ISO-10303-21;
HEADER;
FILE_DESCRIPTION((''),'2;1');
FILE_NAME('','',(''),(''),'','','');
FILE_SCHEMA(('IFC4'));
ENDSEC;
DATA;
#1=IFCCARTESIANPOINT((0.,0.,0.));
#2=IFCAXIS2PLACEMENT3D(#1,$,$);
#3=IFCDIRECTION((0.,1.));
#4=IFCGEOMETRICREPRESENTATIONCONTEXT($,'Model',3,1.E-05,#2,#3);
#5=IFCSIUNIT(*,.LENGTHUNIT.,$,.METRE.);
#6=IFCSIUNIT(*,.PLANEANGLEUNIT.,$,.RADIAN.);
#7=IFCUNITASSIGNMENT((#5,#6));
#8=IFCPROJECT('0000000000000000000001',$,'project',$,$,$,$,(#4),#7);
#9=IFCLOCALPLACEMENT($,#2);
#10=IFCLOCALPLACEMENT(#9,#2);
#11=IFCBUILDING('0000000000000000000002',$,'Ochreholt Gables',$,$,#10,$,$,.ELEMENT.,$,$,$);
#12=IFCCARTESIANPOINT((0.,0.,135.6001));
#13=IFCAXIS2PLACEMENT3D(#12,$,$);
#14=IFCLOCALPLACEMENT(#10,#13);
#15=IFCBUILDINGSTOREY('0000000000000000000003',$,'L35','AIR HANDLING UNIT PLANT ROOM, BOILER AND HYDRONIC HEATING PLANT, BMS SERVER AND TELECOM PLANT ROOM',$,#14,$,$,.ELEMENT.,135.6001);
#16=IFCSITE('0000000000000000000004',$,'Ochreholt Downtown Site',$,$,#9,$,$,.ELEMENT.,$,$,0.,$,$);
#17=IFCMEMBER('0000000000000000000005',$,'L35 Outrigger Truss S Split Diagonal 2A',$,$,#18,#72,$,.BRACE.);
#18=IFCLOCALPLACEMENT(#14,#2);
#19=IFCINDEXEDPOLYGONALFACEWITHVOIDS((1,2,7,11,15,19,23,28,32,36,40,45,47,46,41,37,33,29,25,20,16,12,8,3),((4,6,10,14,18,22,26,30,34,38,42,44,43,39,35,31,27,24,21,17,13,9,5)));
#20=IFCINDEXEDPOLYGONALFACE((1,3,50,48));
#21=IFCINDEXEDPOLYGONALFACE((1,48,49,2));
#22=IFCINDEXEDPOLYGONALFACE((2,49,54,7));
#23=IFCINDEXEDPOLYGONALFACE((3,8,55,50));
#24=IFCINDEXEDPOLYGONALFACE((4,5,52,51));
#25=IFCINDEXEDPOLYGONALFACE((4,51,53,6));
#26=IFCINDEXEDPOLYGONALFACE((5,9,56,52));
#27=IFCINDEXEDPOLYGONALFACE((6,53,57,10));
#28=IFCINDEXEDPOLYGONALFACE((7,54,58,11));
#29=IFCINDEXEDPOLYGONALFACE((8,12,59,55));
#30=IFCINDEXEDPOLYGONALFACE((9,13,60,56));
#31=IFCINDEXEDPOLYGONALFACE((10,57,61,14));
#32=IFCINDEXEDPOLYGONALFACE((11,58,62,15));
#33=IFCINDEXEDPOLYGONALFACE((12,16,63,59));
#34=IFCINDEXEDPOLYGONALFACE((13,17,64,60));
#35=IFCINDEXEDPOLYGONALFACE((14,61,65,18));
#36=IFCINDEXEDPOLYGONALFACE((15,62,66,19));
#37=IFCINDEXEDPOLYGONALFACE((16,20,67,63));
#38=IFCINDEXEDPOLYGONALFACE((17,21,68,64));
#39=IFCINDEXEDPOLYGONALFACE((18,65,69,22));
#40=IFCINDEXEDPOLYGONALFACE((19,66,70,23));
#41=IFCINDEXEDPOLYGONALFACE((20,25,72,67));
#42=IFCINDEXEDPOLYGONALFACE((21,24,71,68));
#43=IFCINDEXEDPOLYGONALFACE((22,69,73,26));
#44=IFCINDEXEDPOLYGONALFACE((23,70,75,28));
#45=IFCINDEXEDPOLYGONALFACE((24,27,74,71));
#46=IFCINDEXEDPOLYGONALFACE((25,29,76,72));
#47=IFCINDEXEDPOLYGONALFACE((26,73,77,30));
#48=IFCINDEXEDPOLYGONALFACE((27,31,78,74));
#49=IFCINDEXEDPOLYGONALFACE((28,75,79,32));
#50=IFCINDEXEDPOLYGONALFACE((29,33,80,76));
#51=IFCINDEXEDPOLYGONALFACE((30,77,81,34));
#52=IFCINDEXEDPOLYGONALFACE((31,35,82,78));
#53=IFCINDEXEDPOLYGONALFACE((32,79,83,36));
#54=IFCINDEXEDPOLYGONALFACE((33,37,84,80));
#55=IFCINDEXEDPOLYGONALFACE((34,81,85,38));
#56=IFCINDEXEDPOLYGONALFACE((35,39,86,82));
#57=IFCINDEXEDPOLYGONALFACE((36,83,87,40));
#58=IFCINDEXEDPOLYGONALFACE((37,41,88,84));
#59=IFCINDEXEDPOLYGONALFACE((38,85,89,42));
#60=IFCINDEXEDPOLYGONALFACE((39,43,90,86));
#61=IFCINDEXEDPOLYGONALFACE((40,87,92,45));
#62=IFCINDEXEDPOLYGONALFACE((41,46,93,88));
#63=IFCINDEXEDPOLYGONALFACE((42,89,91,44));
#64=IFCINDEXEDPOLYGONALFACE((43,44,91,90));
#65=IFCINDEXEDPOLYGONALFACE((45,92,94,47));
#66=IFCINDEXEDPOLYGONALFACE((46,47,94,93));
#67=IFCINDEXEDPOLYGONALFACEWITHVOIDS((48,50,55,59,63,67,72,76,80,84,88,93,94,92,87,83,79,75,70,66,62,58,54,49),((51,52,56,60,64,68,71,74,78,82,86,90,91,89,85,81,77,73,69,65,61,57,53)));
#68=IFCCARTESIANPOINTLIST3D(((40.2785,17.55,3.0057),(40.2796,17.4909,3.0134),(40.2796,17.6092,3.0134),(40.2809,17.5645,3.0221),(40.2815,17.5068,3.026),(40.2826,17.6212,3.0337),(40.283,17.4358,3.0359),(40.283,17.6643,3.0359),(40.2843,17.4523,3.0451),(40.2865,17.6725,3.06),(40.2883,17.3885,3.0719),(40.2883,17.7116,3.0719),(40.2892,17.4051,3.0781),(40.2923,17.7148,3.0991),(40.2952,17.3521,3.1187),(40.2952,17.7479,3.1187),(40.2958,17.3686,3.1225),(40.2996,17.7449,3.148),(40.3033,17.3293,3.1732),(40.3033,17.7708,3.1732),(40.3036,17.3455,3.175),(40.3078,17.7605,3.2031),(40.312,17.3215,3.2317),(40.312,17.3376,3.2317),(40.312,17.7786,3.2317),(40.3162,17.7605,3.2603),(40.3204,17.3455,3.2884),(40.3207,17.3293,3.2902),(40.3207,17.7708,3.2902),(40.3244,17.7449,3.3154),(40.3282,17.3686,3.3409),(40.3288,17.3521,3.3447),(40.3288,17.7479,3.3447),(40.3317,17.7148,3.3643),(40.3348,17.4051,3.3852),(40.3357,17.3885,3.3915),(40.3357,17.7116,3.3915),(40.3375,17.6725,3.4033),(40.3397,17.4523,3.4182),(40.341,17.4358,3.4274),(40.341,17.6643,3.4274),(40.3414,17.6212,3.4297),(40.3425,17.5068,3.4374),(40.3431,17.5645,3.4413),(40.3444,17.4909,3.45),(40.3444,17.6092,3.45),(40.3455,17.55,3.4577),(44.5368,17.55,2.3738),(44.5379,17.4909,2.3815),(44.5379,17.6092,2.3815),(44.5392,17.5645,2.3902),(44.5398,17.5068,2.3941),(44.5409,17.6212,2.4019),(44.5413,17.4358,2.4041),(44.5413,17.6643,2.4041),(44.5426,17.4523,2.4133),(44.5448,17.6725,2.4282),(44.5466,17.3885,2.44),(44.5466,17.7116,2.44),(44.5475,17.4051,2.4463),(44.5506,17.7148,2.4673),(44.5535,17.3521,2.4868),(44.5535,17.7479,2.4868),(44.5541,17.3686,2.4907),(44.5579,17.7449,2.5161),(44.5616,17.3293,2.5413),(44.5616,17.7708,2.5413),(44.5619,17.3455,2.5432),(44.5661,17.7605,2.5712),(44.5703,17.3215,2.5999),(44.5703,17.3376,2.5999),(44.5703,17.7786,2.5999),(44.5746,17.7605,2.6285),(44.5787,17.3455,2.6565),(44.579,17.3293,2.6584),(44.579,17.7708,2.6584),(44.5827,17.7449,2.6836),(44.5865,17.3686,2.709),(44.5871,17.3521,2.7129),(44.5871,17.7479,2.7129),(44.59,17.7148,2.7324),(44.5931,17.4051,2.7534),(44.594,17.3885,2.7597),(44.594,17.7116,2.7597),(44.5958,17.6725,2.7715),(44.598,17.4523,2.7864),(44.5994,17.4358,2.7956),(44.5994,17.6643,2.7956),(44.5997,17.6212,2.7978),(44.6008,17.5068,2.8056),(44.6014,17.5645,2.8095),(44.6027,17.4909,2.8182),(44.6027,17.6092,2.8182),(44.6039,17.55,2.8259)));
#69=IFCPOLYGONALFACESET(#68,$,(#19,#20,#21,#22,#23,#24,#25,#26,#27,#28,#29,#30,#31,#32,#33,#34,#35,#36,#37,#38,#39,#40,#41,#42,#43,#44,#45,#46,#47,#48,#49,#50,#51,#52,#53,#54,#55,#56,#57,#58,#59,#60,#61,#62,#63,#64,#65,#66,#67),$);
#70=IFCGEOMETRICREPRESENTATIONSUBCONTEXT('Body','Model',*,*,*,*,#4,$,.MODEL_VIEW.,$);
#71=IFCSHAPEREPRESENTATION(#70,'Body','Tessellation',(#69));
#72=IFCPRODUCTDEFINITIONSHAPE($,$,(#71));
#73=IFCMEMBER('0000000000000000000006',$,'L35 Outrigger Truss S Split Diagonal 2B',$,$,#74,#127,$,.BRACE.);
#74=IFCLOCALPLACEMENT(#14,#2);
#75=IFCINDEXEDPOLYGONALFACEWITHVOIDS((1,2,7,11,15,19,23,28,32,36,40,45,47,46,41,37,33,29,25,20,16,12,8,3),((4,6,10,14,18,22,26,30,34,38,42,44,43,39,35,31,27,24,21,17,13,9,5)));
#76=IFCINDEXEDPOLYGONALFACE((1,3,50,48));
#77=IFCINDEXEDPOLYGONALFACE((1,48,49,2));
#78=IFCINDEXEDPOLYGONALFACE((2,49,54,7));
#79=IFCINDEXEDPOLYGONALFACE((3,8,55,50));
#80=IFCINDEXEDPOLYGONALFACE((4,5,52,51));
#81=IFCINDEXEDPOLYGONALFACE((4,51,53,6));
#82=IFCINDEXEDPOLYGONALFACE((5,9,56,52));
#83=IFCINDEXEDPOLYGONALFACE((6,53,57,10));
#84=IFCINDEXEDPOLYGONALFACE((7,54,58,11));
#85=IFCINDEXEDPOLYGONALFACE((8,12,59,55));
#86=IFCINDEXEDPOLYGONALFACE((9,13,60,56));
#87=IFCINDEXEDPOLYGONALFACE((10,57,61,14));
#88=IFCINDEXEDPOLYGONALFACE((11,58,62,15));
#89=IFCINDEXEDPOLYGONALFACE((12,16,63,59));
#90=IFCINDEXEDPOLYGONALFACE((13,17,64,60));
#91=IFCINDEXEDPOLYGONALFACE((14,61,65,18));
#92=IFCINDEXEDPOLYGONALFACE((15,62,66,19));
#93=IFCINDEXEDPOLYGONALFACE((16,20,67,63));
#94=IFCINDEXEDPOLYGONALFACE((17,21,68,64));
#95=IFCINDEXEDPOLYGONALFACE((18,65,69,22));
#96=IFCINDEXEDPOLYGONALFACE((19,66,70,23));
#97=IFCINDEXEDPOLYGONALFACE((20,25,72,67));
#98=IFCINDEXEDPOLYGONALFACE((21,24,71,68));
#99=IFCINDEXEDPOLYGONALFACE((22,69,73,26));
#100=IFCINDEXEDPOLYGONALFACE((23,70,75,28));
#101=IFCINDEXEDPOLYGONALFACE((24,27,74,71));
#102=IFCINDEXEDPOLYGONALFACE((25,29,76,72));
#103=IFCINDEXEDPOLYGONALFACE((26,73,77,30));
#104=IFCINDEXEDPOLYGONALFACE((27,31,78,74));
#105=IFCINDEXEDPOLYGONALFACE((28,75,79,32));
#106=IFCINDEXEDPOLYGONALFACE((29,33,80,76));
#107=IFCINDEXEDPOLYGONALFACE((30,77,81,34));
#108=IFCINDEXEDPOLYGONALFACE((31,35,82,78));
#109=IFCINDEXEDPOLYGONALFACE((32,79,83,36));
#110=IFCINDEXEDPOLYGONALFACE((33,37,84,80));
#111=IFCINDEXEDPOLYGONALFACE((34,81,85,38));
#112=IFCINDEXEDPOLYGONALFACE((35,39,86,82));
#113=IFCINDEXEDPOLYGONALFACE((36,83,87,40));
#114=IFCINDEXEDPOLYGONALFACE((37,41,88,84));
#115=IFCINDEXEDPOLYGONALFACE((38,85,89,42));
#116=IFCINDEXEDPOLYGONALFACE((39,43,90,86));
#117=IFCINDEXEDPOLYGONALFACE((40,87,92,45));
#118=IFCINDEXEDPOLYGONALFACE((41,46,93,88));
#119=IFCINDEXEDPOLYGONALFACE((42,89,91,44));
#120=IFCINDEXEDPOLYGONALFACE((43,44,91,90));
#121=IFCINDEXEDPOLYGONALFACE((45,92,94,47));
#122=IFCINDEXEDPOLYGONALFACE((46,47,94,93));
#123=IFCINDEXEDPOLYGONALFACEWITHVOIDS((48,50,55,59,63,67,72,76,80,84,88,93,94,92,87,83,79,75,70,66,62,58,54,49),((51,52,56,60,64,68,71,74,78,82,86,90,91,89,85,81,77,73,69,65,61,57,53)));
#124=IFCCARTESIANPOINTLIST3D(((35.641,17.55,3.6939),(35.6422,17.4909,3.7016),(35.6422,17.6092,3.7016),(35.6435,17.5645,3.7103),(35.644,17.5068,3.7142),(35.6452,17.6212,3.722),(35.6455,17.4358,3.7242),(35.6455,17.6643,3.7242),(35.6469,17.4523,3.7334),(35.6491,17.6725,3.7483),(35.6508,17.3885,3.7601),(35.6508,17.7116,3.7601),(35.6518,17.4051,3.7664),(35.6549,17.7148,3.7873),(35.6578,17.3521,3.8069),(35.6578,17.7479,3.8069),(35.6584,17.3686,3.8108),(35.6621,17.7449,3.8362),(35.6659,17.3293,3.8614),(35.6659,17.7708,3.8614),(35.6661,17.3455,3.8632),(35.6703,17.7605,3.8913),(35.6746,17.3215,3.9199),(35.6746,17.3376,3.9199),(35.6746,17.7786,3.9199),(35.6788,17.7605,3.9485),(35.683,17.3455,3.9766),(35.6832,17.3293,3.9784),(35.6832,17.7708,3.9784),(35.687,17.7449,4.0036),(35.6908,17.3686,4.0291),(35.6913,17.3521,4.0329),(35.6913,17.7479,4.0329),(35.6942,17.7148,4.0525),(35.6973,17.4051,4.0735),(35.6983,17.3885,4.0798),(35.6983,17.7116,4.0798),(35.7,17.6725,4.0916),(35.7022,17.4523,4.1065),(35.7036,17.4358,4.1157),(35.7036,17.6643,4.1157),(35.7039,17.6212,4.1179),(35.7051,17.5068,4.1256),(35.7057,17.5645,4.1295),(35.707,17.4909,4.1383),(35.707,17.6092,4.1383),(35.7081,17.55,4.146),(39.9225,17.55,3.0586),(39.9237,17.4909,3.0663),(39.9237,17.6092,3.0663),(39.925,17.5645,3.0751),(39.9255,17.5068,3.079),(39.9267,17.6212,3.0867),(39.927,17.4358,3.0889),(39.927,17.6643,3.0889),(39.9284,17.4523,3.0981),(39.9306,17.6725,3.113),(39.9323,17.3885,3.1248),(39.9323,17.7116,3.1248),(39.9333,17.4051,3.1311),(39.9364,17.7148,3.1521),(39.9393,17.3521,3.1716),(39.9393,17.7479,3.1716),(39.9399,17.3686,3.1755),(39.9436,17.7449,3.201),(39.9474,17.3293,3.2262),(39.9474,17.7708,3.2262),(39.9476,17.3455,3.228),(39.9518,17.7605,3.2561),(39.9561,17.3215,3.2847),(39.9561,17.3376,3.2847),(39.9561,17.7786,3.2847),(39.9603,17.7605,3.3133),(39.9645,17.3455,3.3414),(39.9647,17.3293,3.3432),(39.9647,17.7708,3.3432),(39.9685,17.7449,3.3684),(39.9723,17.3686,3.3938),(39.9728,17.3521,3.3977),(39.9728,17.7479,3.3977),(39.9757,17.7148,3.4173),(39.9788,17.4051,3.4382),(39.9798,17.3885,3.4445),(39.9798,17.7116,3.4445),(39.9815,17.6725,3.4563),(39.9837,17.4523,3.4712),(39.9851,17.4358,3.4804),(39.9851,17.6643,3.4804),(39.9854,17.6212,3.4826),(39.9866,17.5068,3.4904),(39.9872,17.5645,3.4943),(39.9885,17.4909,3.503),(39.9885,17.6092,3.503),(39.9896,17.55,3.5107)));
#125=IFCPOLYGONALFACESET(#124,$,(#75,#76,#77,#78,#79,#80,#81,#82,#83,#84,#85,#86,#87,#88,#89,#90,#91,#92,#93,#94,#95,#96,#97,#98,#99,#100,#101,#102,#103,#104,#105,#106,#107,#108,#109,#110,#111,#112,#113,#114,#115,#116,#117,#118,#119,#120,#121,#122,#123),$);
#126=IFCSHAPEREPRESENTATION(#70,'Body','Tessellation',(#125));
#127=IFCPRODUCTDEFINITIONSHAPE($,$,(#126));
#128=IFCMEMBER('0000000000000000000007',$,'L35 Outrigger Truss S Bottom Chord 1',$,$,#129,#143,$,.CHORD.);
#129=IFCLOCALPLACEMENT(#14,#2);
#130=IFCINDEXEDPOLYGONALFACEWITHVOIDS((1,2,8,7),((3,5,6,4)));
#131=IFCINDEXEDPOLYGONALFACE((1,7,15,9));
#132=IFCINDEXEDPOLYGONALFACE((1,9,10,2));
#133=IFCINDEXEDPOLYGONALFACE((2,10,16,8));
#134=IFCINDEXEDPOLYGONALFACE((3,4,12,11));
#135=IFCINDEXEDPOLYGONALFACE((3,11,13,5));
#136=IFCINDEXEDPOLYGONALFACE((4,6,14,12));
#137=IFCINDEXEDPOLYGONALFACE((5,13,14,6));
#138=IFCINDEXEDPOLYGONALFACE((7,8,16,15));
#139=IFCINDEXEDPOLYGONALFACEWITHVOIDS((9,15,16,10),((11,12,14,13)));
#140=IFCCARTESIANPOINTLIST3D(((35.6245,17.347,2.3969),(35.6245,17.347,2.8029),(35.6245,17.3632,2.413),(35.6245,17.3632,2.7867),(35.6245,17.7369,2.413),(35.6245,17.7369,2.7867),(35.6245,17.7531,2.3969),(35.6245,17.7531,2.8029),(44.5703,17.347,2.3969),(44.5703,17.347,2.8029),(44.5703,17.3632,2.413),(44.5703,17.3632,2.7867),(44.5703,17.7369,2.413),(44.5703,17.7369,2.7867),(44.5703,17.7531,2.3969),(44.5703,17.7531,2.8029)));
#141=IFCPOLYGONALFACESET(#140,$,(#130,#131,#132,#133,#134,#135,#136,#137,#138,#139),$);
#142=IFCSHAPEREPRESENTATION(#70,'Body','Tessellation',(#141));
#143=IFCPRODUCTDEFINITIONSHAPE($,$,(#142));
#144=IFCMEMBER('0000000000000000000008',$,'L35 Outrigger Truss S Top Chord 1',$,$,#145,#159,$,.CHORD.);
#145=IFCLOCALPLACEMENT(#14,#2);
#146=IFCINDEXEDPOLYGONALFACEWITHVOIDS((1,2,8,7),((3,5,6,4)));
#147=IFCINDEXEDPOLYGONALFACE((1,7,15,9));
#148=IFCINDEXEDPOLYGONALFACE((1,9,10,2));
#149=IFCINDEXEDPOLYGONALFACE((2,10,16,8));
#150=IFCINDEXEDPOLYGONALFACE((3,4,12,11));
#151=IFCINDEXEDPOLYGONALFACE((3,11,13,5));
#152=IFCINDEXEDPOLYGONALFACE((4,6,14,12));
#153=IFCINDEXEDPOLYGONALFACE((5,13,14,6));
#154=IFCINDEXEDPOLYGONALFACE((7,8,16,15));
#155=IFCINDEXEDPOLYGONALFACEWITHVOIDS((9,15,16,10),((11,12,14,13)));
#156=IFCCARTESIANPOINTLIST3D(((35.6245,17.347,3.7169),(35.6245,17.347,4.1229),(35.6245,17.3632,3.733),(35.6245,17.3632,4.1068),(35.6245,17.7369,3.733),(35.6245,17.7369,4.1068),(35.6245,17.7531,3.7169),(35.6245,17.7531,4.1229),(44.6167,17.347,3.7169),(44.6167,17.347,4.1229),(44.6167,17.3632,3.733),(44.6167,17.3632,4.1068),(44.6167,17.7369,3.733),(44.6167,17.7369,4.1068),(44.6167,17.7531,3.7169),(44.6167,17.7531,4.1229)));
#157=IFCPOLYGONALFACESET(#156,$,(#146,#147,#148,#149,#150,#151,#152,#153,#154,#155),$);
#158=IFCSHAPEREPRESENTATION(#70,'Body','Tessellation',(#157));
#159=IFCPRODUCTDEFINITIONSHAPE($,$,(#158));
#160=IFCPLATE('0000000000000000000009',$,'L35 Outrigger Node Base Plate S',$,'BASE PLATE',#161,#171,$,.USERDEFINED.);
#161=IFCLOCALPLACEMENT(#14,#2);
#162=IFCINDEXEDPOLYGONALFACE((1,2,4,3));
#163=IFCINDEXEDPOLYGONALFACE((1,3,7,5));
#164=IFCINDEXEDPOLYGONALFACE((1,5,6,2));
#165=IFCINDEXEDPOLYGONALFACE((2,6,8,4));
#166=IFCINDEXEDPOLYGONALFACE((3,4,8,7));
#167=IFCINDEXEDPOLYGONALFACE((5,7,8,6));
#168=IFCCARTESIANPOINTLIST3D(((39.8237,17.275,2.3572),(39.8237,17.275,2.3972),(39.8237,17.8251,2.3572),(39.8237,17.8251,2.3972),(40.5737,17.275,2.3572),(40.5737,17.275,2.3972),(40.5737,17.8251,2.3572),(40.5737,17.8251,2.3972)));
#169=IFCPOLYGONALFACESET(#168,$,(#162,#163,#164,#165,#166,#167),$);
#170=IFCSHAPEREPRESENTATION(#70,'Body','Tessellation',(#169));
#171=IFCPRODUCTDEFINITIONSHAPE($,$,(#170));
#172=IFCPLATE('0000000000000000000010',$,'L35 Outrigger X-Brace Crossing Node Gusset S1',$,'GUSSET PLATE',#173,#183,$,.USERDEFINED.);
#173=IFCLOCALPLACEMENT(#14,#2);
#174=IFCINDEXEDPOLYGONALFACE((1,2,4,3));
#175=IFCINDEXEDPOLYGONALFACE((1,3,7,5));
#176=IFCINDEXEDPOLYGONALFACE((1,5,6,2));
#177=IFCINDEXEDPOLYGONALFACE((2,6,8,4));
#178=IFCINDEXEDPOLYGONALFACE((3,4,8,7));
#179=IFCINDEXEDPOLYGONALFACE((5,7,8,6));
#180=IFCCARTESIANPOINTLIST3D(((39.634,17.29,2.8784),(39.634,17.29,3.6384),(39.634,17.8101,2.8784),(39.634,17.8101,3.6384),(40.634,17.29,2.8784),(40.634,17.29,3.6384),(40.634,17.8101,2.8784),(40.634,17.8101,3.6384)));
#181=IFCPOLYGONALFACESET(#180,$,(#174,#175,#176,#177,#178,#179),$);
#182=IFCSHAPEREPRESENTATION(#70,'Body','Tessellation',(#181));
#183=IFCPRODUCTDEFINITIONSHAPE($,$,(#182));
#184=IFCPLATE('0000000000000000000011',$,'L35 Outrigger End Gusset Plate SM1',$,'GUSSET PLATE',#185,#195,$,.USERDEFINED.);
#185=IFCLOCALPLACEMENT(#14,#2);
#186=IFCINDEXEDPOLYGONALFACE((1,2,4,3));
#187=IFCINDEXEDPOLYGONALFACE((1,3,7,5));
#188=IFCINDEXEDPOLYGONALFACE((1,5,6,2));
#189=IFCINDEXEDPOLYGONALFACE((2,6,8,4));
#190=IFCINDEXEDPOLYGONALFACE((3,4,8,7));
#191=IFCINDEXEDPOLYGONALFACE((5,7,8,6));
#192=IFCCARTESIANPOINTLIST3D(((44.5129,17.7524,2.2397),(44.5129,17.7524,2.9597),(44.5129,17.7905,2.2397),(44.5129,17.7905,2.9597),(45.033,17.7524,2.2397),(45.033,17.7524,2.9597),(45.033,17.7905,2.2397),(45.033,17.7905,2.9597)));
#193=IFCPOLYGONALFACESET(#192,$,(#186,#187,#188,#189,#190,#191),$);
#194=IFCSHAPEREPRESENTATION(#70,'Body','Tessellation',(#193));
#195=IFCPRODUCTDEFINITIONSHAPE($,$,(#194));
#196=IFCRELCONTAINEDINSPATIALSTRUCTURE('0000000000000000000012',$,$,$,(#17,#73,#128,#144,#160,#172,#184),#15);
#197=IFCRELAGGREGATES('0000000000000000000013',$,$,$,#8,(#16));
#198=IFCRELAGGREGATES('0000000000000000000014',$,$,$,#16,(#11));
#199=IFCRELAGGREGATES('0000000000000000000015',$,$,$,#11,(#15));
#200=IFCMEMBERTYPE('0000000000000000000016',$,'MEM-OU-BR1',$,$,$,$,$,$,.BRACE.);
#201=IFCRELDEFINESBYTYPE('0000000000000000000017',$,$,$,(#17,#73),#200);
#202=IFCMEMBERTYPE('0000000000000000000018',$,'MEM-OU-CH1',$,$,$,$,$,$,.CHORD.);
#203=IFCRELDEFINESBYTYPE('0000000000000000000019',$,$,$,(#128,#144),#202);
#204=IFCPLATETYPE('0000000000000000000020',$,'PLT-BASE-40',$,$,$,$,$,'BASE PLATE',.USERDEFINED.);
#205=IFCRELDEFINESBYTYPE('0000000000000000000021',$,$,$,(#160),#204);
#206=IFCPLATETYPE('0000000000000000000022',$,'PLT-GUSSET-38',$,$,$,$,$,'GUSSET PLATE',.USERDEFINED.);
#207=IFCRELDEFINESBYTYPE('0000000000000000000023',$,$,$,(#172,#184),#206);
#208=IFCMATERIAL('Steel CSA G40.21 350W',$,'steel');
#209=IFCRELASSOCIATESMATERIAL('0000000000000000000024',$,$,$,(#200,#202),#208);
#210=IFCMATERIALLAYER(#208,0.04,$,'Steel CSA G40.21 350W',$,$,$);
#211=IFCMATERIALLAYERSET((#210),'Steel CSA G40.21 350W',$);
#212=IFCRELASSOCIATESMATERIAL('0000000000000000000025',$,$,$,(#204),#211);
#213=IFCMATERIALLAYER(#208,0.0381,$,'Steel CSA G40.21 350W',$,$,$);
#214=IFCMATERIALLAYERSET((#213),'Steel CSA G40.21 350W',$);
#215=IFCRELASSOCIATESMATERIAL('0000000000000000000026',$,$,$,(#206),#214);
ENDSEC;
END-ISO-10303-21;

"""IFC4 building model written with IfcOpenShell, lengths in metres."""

from ifc_helpers import new_model, si_unit, direction, frame, origin, origin_2d, place, context, subcontext, project, spatial, rectangle, hollow_rectangle, hollow_circle, extrude, material, layer, layer_set, material_profile, profile_set, type_object, element, save


model = new_model("IFC4")

# Units and contexts
model_context = context("Model", 3, precision=1e-05, world=origin(), true_north=direction((0.0, 1.0)))
body_context = subcontext(model_context, "Body", "Model", "MODEL_VIEW")
ifc_project = project(units=[si_unit("LENGTHUNIT", "METRE"), si_unit("PLANEANGLEUNIT", "RADIAN")], contexts=[model_context])

# Site, building, storey
site_placement = place(None, origin())
site = spatial("IfcSite", under=ifc_project, at=site_placement, Name="Ochreholt Downtown Site", CompositionType="ELEMENT", RefElevation=0.0)
building_placement = place(site_placement, origin())
building = spatial("IfcBuilding", under=site, at=building_placement, Name="Ochreholt Gables", CompositionType="ELEMENT")
storey_placement = place(building_placement, frame((0.0, 0.0, 135.6001)))
storey = spatial("IfcBuildingStorey", under=building, at=storey_placement, Name="L35", Description="AIR HANDLING UNIT PLANT ROOM, BOILER AND HYDRONIC HEATING PLANT, BMS SERVER AND TELECOM PLANT ROOM", CompositionType="ELEMENT", Elevation=135.6001)

# Shared definitions
ifc_material_1 = material(Name="Steel CSA G40.21 350W", Category="steel")

# Members
ifc_material_profile_1 = material_profile(ifc_material_1, hollow_circle(Radius=0.2285, WallThickness=0.0161, at=origin_2d()), Name="CHS457X16")
ifc_profile_set_1 = profile_set([ifc_material_profile_1], Name="Steel CSA G40.21 350W")
member_type_1 = type_object("IfcMemberType", Name="MEM-OU-BR1", PredefinedType="BRACE", material=ifc_profile_set_1)
member_1_placement = place(storey_placement, frame((44.5703, 17.55, 2.5999), z_axis=(-0.989171, 0.0, 0.146771), x_axis=(0.0, -1.0, 0.0)))
element("IfcMember", 1, at=member_1_placement, inside=storey, type_object=member_type_1, Name="L35 Outrigger Truss S Split Diagonal 2A", PredefinedType="BRACE", context=body_context, shape_type="SweptSolid", body=[
    extrude(hollow_circle(Radius=0.2285, WallThickness=0.0161, at=origin_2d()), origin(), (0.0, 0.0, 1.0), 4.3049),
])
member_2_placement = place(storey_placement, frame((39.9561, 17.55, 3.2847), z_axis=(-0.989171, 0.0, 0.146765), x_axis=(0.0, -1.0, 0.0)))
element("IfcMember", 2, at=member_2_placement, inside=storey, type_object=member_type_1, Name="L35 Outrigger Truss S Split Diagonal 2B", PredefinedType="BRACE", context=body_context, shape_type="SweptSolid", body=[
    extrude(hollow_circle(Radius=0.2285, WallThickness=0.0161, at=origin_2d()), origin(), (0.0, 0.0, 1.0), 4.3284),
])
ifc_material_profile_2 = material_profile(ifc_material_1, hollow_rectangle(XDim=0.406, YDim=0.406, WallThickness=0.0161, at=origin_2d()), Name="HSS406X406X16")
ifc_profile_set_2 = profile_set([ifc_material_profile_2], Name="Steel CSA G40.21 350W")
member_type_2 = type_object("IfcMemberType", Name="MEM-OU-CH1", PredefinedType="CHORD", material=ifc_profile_set_2)
member_3_placement = place(storey_placement, frame((35.6245, 17.55, 2.5999), z_axis=(1.0, 0.0, 0.0), x_axis=(0.0, 1.0, 0.0)))
element("IfcMember", 3, at=member_3_placement, inside=storey, type_object=member_type_2, Name="L35 Outrigger Truss S Bottom Chord 1", PredefinedType="CHORD", context=body_context, shape_type="SweptSolid", body=[
    extrude(hollow_rectangle(XDim=0.406, YDim=0.406, WallThickness=0.0161, at=origin_2d()), origin(), (0.0, 0.0, 1.0), 8.9458),
])
member_4_placement = place(storey_placement, frame((35.6245, 17.55, 3.9199), z_axis=(1.0, 0.0, 0.0), x_axis=(0.0, 1.0, 0.0)))
element("IfcMember", 4, at=member_4_placement, inside=storey, type_object=member_type_2, Name="L35 Outrigger Truss S Top Chord 1", PredefinedType="CHORD", context=body_context, shape_type="SweptSolid", body=[
    extrude(hollow_rectangle(XDim=0.406, YDim=0.406, WallThickness=0.0161, at=origin_2d()), origin(), (0.0, 0.0, 1.0), 8.9922),
])

# Plates
ifc_layer_1 = layer(ifc_material_1, 0.04, Name="Steel CSA G40.21 350W")
ifc_layer_set_1 = layer_set([ifc_layer_1], Name="Steel CSA G40.21 350W")
plate_type_1 = type_object("IfcPlateType", Name="PLT-BASE-40", ElementType="BASE PLATE", PredefinedType="USERDEFINED", material=ifc_layer_set_1)
plate_1_placement = place(storey_placement, frame((40.1987, 17.55, 2.3572), z_axis=(0.0, 0.0, 1.0), x_axis=(1.0, 0.0, 0.0)))
element("IfcPlate", 5, at=plate_1_placement, inside=storey, type_object=plate_type_1, Name="L35 Outrigger Node Base Plate S", ObjectType="BASE PLATE", PredefinedType="USERDEFINED", context=body_context, shape_type="SweptSolid", body=[
    extrude(rectangle(XDim=0.75, YDim=0.55, at=origin_2d()), origin(), (0.0, 0.0, 1.0), 0.04),
])
ifc_layer_2 = layer(ifc_material_1, 0.0381, Name="Steel CSA G40.21 350W")
ifc_layer_set_2 = layer_set([ifc_layer_2], Name="Steel CSA G40.21 350W")
plate_type_2 = type_object("IfcPlateType", Name="PLT-GUSSET-38", ElementType="GUSSET PLATE", PredefinedType="USERDEFINED", material=ifc_layer_set_2)
plate_2_placement = place(storey_placement, frame((40.134, 17.55, 2.8784), z_axis=(0.0, 0.0, 1.0), x_axis=(1.0, 0.0, 0.0)))
element("IfcPlate", 6, at=plate_2_placement, inside=storey, type_object=plate_type_2, Name="L35 Outrigger X-Brace Crossing Node Gusset S1", ObjectType="GUSSET PLATE", PredefinedType="USERDEFINED", context=body_context, shape_type="SweptSolid", body=[
    extrude(rectangle(XDim=1.0, YDim=0.52, at=origin_2d()), origin(), (0.0, 0.0, 1.0), 0.76),
])
for number, where, z_axis, x_axis, name in (
    (7, (44.7729, 17.7715, 2.2397), (0.0, 0.0, 1.0), (1.0, 0.0, 0.0), "L35 Outrigger End Gusset Plate SM1"),
):
    element("IfcPlate", number, at=place(storey_placement, frame(where, z_axis=z_axis, x_axis=x_axis)), inside=storey, type_object=plate_type_2, Name=name, ObjectType="GUSSET PLATE", PredefinedType="USERDEFINED", context=body_context, shape_type="SweptSolid", body=[
        extrude(rectangle(XDim=0.52, YDim=0.0381, at=origin_2d()), origin(), (0.0, 0.0, 1.0), 0.72),
    ])

save(model, "model.ifc")
